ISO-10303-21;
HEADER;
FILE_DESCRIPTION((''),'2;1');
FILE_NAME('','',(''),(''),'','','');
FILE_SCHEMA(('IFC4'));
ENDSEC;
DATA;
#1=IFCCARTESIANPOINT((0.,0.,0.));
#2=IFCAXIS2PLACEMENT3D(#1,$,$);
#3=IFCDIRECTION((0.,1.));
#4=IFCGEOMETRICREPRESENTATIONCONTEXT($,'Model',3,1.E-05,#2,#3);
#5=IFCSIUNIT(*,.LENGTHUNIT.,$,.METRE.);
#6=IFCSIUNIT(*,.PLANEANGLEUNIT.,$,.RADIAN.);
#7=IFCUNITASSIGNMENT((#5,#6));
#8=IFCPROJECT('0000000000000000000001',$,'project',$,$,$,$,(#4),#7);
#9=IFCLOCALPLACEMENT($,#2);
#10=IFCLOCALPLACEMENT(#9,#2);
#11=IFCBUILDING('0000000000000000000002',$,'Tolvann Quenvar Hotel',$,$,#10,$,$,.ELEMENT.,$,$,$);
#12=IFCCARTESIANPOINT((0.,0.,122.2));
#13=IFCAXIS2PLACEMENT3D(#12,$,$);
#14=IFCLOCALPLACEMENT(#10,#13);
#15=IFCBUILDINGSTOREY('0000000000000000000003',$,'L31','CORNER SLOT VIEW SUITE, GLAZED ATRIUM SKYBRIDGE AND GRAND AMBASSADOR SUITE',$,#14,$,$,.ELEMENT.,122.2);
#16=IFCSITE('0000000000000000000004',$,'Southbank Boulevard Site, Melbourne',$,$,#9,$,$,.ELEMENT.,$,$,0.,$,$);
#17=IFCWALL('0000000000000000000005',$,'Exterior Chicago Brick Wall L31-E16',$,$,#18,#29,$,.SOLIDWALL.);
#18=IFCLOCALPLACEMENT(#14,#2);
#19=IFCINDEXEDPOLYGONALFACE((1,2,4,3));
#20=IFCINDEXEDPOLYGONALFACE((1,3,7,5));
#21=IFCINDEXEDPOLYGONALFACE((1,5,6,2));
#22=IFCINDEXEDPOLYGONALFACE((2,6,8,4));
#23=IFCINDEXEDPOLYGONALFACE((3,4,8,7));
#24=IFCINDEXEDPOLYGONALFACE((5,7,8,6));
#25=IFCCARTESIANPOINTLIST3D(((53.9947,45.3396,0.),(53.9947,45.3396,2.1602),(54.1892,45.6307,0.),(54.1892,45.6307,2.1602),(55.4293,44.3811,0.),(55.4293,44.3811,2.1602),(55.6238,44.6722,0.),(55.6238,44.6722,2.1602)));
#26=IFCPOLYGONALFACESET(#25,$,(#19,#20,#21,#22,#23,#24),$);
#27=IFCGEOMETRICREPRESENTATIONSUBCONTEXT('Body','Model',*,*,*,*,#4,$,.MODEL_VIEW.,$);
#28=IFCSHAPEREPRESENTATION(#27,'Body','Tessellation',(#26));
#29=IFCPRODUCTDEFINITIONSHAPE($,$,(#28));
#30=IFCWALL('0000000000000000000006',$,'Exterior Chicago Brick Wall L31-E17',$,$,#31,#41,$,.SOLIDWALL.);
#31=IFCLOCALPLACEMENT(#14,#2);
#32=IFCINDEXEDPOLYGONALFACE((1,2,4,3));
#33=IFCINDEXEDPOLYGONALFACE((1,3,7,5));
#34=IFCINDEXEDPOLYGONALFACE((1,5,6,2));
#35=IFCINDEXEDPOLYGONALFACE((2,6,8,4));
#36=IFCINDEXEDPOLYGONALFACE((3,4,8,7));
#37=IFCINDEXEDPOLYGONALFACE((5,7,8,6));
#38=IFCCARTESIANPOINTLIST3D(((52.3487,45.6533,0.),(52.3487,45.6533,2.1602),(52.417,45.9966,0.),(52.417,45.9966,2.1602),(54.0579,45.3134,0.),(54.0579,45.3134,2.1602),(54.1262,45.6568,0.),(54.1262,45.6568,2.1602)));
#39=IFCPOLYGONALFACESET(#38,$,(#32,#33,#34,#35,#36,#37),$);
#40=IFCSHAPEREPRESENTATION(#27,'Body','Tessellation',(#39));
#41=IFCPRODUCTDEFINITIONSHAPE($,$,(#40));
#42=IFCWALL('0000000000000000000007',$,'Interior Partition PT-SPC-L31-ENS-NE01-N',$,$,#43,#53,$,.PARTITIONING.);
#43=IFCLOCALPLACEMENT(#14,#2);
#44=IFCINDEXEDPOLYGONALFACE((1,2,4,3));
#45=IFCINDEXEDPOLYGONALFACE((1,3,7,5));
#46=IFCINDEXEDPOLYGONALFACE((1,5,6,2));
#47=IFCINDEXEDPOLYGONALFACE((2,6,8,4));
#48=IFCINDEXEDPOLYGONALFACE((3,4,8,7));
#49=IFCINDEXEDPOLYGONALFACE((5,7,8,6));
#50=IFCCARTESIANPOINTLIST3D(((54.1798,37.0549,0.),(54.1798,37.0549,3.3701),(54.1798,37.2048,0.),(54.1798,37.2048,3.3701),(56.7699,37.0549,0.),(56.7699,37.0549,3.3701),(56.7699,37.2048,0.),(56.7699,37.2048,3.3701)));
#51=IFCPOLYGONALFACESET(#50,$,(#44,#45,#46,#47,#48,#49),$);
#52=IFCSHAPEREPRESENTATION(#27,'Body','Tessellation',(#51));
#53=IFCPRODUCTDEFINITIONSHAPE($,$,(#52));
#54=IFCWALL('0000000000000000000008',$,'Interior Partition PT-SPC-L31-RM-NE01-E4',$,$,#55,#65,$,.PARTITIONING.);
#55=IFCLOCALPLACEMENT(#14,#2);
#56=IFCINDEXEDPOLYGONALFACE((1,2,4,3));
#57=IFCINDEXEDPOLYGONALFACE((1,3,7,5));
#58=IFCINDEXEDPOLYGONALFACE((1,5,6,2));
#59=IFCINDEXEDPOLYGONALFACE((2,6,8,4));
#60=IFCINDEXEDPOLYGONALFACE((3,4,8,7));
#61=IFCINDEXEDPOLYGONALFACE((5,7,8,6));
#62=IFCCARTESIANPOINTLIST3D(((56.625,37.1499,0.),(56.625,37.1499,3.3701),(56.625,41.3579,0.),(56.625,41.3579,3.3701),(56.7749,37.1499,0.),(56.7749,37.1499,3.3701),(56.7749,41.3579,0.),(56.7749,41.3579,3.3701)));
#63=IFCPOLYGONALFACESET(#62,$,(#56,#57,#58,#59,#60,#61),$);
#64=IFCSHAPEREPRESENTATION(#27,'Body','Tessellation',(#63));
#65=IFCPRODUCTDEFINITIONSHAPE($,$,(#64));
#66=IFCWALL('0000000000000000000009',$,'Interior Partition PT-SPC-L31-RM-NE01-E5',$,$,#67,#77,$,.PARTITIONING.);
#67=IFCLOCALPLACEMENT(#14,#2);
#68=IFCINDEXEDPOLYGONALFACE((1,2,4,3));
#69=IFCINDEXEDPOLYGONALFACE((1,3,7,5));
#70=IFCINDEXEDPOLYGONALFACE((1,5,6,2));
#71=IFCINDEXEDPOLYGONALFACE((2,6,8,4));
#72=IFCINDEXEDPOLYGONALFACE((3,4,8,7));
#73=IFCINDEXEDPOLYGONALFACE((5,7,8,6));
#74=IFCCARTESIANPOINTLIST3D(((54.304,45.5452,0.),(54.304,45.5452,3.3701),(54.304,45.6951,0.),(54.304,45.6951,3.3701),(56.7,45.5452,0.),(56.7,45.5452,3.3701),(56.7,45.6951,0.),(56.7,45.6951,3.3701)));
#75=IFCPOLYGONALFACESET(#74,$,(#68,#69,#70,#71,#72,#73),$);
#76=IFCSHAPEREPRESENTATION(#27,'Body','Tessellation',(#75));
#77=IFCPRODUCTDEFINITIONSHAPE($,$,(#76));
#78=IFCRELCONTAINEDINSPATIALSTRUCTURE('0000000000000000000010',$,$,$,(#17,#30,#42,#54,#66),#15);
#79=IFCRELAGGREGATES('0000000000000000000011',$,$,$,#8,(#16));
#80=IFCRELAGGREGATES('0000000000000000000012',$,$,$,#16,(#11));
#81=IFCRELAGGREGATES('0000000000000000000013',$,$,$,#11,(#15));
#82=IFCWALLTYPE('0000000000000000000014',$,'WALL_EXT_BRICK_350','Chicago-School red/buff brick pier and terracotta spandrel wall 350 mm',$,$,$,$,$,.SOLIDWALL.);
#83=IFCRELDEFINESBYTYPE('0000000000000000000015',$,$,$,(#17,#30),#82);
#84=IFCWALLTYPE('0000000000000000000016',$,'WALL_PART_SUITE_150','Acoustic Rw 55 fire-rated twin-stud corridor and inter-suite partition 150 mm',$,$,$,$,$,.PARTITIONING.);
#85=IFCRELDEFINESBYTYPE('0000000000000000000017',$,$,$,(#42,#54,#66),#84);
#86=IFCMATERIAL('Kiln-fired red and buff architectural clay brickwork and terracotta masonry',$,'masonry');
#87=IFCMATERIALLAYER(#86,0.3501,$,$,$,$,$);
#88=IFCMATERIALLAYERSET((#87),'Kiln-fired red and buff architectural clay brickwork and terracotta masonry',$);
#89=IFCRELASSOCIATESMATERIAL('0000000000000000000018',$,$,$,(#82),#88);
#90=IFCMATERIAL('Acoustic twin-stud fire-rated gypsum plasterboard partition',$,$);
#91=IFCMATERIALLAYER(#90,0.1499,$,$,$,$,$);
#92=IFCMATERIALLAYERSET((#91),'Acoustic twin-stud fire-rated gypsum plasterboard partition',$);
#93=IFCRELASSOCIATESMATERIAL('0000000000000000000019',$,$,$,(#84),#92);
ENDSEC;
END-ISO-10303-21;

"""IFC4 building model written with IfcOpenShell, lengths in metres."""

from ifc_helpers import new_model, si_unit, direction, frame, frame_2d, origin, place, context, subcontext, project, spatial, rectangle, extrude, material, layer, layer_set, type_object, element, save


model = new_model("IFC4")

# Units and contexts
model_context = context("Model", 3, precision=1e-05, world=origin(), true_north=direction((0.0, 1.0)))
body_context = subcontext(model_context, "Body", "Model", "MODEL_VIEW")
ifc_project = project(units=[si_unit("LENGTHUNIT", "METRE"), si_unit("PLANEANGLEUNIT", "RADIAN")], contexts=[model_context])

# Site, building, storey
site_placement = place(None, origin())
site = spatial("IfcSite", under=ifc_project, at=site_placement, Name="Southbank Boulevard Site, Melbourne", CompositionType="ELEMENT", RefElevation=0.0)
building_placement = place(site_placement, origin())
building = spatial("IfcBuilding", under=site, at=building_placement, Name="Tolvann Quenvar Hotel", CompositionType="ELEMENT")
storey_placement = place(building_placement, frame((0.0, 0.0, 122.2)))
storey = spatial("IfcBuildingStorey", under=building, at=storey_placement, Name="L31", Description="CORNER SLOT VIEW SUITE, GLAZED ATRIUM SKYBRIDGE AND GRAND AMBASSADOR SUITE", CompositionType="ELEMENT", Elevation=122.2)

# Walls
ifc_material_1 = material(Name="Kiln-fired red and buff architectural clay brickwork and terracotta masonry", Category="masonry")
ifc_layer_1 = layer(ifc_material_1, 0.3501)
ifc_layer_set_1 = layer_set([ifc_layer_1], Name="Kiln-fired red and buff architectural clay brickwork and terracotta masonry")
wall_type_1 = type_object("IfcWallType", Name="WALL_EXT_BRICK_350", Description="Chicago-School red/buff brick pier and terracotta spandrel wall 350 mm", PredefinedType="SOLIDWALL", material=ifc_layer_set_1)
for number, where, z_axis, x_axis, name in (
    (1, (55.5266, 44.5266, 0.0), (0.0, 0.0, 1.0), (-0.831484, 0.555549, 0.0), "Exterior Chicago Brick Wall L31-E16"),
):
    element("IfcWall", number, at=place(storey_placement, frame(where, z_axis=z_axis, x_axis=x_axis)), inside=storey, type_object=wall_type_1, Name=name, PredefinedType="SOLIDWALL", context=body_context, shape_type="SweptSolid", body=[
        extrude(rectangle(XDim=1.7253, YDim=0.3501, at=frame_2d((0.8628, 0.0))), origin(), (0.0, 0.0, 1.0), 2.1602),
    ])
wall_1_placement = place(storey_placement, frame((54.092, 45.4851, 0.0), z_axis=(0.0, 0.0, 1.0), x_axis=(-0.980801, 0.195011, 0.0)))
element("IfcWall", 2, at=wall_1_placement, inside=storey, type_object=wall_type_1, Name="Exterior Chicago Brick Wall L31-E17", PredefinedType="SOLIDWALL", context=body_context, shape_type="SweptSolid", body=[
    extrude(rectangle(XDim=1.7427, YDim=0.3501, at=frame_2d((0.8713, 0.0))), origin(), (0.0, 0.0, 1.0), 2.1602),
])

# Walls
ifc_material_2 = material(Name="Acoustic twin-stud fire-rated gypsum plasterboard partition")
ifc_layer_2 = layer(ifc_material_2, 0.1499)
ifc_layer_set_2 = layer_set([ifc_layer_2], Name="Acoustic twin-stud fire-rated gypsum plasterboard partition")
wall_type_2 = type_object("IfcWallType", Name="WALL_PART_SUITE_150", Description="Acoustic Rw 55 fire-rated twin-stud corridor and inter-suite partition 150 mm", PredefinedType="PARTITIONING", material=ifc_layer_set_2)
wall_2_placement = place(storey_placement, frame((54.1799, 37.1299, 0.0), z_axis=(0.0, 0.0, 1.0), x_axis=(1.0, 0.0, 0.0)))
element("IfcWall", 3, at=wall_2_placement, inside=storey, type_object=wall_type_2, Name="Interior Partition PT-SPC-L31-ENS-NE01-N", PredefinedType="PARTITIONING", context=body_context, shape_type="SweptSolid", body=[
    extrude(rectangle(XDim=2.5901, YDim=0.1499, at=frame_2d((1.2949, 0.0))), origin(), (0.0, 0.0, 1.0), 3.3701),
])
wall_3_placement = place(storey_placement, frame((56.7, 37.1499, 0.0), z_axis=(0.0, 0.0, 1.0), x_axis=(0.0, 1.0, 0.0)))
element("IfcWall", 4, at=wall_3_placement, inside=storey, type_object=wall_type_2, Name="Interior Partition PT-SPC-L31-RM-NE01-E4", PredefinedType="PARTITIONING", context=body_context, shape_type="SweptSolid", body=[
    extrude(rectangle(XDim=4.208, YDim=0.1499, at=frame_2d((2.104, 0.0))), origin(), (0.0, 0.0, 1.0), 3.3701),
])
wall_4_placement = place(storey_placement, frame((54.304, 45.6201, 0.0), z_axis=(0.0, 0.0, 1.0), x_axis=(1.0, 0.0, 0.0)))
element("IfcWall", 5, at=wall_4_placement, inside=storey, type_object=wall_type_2, Name="Interior Partition PT-SPC-L31-RM-NE01-E5", PredefinedType="PARTITIONING", context=body_context, shape_type="SweptSolid", body=[
    extrude(rectangle(XDim=2.396, YDim=0.1499, at=frame_2d((1.198, 0.0))), origin(), (0.0, 0.0, 1.0), 3.3701),
])

save(model, "model.ifc")
